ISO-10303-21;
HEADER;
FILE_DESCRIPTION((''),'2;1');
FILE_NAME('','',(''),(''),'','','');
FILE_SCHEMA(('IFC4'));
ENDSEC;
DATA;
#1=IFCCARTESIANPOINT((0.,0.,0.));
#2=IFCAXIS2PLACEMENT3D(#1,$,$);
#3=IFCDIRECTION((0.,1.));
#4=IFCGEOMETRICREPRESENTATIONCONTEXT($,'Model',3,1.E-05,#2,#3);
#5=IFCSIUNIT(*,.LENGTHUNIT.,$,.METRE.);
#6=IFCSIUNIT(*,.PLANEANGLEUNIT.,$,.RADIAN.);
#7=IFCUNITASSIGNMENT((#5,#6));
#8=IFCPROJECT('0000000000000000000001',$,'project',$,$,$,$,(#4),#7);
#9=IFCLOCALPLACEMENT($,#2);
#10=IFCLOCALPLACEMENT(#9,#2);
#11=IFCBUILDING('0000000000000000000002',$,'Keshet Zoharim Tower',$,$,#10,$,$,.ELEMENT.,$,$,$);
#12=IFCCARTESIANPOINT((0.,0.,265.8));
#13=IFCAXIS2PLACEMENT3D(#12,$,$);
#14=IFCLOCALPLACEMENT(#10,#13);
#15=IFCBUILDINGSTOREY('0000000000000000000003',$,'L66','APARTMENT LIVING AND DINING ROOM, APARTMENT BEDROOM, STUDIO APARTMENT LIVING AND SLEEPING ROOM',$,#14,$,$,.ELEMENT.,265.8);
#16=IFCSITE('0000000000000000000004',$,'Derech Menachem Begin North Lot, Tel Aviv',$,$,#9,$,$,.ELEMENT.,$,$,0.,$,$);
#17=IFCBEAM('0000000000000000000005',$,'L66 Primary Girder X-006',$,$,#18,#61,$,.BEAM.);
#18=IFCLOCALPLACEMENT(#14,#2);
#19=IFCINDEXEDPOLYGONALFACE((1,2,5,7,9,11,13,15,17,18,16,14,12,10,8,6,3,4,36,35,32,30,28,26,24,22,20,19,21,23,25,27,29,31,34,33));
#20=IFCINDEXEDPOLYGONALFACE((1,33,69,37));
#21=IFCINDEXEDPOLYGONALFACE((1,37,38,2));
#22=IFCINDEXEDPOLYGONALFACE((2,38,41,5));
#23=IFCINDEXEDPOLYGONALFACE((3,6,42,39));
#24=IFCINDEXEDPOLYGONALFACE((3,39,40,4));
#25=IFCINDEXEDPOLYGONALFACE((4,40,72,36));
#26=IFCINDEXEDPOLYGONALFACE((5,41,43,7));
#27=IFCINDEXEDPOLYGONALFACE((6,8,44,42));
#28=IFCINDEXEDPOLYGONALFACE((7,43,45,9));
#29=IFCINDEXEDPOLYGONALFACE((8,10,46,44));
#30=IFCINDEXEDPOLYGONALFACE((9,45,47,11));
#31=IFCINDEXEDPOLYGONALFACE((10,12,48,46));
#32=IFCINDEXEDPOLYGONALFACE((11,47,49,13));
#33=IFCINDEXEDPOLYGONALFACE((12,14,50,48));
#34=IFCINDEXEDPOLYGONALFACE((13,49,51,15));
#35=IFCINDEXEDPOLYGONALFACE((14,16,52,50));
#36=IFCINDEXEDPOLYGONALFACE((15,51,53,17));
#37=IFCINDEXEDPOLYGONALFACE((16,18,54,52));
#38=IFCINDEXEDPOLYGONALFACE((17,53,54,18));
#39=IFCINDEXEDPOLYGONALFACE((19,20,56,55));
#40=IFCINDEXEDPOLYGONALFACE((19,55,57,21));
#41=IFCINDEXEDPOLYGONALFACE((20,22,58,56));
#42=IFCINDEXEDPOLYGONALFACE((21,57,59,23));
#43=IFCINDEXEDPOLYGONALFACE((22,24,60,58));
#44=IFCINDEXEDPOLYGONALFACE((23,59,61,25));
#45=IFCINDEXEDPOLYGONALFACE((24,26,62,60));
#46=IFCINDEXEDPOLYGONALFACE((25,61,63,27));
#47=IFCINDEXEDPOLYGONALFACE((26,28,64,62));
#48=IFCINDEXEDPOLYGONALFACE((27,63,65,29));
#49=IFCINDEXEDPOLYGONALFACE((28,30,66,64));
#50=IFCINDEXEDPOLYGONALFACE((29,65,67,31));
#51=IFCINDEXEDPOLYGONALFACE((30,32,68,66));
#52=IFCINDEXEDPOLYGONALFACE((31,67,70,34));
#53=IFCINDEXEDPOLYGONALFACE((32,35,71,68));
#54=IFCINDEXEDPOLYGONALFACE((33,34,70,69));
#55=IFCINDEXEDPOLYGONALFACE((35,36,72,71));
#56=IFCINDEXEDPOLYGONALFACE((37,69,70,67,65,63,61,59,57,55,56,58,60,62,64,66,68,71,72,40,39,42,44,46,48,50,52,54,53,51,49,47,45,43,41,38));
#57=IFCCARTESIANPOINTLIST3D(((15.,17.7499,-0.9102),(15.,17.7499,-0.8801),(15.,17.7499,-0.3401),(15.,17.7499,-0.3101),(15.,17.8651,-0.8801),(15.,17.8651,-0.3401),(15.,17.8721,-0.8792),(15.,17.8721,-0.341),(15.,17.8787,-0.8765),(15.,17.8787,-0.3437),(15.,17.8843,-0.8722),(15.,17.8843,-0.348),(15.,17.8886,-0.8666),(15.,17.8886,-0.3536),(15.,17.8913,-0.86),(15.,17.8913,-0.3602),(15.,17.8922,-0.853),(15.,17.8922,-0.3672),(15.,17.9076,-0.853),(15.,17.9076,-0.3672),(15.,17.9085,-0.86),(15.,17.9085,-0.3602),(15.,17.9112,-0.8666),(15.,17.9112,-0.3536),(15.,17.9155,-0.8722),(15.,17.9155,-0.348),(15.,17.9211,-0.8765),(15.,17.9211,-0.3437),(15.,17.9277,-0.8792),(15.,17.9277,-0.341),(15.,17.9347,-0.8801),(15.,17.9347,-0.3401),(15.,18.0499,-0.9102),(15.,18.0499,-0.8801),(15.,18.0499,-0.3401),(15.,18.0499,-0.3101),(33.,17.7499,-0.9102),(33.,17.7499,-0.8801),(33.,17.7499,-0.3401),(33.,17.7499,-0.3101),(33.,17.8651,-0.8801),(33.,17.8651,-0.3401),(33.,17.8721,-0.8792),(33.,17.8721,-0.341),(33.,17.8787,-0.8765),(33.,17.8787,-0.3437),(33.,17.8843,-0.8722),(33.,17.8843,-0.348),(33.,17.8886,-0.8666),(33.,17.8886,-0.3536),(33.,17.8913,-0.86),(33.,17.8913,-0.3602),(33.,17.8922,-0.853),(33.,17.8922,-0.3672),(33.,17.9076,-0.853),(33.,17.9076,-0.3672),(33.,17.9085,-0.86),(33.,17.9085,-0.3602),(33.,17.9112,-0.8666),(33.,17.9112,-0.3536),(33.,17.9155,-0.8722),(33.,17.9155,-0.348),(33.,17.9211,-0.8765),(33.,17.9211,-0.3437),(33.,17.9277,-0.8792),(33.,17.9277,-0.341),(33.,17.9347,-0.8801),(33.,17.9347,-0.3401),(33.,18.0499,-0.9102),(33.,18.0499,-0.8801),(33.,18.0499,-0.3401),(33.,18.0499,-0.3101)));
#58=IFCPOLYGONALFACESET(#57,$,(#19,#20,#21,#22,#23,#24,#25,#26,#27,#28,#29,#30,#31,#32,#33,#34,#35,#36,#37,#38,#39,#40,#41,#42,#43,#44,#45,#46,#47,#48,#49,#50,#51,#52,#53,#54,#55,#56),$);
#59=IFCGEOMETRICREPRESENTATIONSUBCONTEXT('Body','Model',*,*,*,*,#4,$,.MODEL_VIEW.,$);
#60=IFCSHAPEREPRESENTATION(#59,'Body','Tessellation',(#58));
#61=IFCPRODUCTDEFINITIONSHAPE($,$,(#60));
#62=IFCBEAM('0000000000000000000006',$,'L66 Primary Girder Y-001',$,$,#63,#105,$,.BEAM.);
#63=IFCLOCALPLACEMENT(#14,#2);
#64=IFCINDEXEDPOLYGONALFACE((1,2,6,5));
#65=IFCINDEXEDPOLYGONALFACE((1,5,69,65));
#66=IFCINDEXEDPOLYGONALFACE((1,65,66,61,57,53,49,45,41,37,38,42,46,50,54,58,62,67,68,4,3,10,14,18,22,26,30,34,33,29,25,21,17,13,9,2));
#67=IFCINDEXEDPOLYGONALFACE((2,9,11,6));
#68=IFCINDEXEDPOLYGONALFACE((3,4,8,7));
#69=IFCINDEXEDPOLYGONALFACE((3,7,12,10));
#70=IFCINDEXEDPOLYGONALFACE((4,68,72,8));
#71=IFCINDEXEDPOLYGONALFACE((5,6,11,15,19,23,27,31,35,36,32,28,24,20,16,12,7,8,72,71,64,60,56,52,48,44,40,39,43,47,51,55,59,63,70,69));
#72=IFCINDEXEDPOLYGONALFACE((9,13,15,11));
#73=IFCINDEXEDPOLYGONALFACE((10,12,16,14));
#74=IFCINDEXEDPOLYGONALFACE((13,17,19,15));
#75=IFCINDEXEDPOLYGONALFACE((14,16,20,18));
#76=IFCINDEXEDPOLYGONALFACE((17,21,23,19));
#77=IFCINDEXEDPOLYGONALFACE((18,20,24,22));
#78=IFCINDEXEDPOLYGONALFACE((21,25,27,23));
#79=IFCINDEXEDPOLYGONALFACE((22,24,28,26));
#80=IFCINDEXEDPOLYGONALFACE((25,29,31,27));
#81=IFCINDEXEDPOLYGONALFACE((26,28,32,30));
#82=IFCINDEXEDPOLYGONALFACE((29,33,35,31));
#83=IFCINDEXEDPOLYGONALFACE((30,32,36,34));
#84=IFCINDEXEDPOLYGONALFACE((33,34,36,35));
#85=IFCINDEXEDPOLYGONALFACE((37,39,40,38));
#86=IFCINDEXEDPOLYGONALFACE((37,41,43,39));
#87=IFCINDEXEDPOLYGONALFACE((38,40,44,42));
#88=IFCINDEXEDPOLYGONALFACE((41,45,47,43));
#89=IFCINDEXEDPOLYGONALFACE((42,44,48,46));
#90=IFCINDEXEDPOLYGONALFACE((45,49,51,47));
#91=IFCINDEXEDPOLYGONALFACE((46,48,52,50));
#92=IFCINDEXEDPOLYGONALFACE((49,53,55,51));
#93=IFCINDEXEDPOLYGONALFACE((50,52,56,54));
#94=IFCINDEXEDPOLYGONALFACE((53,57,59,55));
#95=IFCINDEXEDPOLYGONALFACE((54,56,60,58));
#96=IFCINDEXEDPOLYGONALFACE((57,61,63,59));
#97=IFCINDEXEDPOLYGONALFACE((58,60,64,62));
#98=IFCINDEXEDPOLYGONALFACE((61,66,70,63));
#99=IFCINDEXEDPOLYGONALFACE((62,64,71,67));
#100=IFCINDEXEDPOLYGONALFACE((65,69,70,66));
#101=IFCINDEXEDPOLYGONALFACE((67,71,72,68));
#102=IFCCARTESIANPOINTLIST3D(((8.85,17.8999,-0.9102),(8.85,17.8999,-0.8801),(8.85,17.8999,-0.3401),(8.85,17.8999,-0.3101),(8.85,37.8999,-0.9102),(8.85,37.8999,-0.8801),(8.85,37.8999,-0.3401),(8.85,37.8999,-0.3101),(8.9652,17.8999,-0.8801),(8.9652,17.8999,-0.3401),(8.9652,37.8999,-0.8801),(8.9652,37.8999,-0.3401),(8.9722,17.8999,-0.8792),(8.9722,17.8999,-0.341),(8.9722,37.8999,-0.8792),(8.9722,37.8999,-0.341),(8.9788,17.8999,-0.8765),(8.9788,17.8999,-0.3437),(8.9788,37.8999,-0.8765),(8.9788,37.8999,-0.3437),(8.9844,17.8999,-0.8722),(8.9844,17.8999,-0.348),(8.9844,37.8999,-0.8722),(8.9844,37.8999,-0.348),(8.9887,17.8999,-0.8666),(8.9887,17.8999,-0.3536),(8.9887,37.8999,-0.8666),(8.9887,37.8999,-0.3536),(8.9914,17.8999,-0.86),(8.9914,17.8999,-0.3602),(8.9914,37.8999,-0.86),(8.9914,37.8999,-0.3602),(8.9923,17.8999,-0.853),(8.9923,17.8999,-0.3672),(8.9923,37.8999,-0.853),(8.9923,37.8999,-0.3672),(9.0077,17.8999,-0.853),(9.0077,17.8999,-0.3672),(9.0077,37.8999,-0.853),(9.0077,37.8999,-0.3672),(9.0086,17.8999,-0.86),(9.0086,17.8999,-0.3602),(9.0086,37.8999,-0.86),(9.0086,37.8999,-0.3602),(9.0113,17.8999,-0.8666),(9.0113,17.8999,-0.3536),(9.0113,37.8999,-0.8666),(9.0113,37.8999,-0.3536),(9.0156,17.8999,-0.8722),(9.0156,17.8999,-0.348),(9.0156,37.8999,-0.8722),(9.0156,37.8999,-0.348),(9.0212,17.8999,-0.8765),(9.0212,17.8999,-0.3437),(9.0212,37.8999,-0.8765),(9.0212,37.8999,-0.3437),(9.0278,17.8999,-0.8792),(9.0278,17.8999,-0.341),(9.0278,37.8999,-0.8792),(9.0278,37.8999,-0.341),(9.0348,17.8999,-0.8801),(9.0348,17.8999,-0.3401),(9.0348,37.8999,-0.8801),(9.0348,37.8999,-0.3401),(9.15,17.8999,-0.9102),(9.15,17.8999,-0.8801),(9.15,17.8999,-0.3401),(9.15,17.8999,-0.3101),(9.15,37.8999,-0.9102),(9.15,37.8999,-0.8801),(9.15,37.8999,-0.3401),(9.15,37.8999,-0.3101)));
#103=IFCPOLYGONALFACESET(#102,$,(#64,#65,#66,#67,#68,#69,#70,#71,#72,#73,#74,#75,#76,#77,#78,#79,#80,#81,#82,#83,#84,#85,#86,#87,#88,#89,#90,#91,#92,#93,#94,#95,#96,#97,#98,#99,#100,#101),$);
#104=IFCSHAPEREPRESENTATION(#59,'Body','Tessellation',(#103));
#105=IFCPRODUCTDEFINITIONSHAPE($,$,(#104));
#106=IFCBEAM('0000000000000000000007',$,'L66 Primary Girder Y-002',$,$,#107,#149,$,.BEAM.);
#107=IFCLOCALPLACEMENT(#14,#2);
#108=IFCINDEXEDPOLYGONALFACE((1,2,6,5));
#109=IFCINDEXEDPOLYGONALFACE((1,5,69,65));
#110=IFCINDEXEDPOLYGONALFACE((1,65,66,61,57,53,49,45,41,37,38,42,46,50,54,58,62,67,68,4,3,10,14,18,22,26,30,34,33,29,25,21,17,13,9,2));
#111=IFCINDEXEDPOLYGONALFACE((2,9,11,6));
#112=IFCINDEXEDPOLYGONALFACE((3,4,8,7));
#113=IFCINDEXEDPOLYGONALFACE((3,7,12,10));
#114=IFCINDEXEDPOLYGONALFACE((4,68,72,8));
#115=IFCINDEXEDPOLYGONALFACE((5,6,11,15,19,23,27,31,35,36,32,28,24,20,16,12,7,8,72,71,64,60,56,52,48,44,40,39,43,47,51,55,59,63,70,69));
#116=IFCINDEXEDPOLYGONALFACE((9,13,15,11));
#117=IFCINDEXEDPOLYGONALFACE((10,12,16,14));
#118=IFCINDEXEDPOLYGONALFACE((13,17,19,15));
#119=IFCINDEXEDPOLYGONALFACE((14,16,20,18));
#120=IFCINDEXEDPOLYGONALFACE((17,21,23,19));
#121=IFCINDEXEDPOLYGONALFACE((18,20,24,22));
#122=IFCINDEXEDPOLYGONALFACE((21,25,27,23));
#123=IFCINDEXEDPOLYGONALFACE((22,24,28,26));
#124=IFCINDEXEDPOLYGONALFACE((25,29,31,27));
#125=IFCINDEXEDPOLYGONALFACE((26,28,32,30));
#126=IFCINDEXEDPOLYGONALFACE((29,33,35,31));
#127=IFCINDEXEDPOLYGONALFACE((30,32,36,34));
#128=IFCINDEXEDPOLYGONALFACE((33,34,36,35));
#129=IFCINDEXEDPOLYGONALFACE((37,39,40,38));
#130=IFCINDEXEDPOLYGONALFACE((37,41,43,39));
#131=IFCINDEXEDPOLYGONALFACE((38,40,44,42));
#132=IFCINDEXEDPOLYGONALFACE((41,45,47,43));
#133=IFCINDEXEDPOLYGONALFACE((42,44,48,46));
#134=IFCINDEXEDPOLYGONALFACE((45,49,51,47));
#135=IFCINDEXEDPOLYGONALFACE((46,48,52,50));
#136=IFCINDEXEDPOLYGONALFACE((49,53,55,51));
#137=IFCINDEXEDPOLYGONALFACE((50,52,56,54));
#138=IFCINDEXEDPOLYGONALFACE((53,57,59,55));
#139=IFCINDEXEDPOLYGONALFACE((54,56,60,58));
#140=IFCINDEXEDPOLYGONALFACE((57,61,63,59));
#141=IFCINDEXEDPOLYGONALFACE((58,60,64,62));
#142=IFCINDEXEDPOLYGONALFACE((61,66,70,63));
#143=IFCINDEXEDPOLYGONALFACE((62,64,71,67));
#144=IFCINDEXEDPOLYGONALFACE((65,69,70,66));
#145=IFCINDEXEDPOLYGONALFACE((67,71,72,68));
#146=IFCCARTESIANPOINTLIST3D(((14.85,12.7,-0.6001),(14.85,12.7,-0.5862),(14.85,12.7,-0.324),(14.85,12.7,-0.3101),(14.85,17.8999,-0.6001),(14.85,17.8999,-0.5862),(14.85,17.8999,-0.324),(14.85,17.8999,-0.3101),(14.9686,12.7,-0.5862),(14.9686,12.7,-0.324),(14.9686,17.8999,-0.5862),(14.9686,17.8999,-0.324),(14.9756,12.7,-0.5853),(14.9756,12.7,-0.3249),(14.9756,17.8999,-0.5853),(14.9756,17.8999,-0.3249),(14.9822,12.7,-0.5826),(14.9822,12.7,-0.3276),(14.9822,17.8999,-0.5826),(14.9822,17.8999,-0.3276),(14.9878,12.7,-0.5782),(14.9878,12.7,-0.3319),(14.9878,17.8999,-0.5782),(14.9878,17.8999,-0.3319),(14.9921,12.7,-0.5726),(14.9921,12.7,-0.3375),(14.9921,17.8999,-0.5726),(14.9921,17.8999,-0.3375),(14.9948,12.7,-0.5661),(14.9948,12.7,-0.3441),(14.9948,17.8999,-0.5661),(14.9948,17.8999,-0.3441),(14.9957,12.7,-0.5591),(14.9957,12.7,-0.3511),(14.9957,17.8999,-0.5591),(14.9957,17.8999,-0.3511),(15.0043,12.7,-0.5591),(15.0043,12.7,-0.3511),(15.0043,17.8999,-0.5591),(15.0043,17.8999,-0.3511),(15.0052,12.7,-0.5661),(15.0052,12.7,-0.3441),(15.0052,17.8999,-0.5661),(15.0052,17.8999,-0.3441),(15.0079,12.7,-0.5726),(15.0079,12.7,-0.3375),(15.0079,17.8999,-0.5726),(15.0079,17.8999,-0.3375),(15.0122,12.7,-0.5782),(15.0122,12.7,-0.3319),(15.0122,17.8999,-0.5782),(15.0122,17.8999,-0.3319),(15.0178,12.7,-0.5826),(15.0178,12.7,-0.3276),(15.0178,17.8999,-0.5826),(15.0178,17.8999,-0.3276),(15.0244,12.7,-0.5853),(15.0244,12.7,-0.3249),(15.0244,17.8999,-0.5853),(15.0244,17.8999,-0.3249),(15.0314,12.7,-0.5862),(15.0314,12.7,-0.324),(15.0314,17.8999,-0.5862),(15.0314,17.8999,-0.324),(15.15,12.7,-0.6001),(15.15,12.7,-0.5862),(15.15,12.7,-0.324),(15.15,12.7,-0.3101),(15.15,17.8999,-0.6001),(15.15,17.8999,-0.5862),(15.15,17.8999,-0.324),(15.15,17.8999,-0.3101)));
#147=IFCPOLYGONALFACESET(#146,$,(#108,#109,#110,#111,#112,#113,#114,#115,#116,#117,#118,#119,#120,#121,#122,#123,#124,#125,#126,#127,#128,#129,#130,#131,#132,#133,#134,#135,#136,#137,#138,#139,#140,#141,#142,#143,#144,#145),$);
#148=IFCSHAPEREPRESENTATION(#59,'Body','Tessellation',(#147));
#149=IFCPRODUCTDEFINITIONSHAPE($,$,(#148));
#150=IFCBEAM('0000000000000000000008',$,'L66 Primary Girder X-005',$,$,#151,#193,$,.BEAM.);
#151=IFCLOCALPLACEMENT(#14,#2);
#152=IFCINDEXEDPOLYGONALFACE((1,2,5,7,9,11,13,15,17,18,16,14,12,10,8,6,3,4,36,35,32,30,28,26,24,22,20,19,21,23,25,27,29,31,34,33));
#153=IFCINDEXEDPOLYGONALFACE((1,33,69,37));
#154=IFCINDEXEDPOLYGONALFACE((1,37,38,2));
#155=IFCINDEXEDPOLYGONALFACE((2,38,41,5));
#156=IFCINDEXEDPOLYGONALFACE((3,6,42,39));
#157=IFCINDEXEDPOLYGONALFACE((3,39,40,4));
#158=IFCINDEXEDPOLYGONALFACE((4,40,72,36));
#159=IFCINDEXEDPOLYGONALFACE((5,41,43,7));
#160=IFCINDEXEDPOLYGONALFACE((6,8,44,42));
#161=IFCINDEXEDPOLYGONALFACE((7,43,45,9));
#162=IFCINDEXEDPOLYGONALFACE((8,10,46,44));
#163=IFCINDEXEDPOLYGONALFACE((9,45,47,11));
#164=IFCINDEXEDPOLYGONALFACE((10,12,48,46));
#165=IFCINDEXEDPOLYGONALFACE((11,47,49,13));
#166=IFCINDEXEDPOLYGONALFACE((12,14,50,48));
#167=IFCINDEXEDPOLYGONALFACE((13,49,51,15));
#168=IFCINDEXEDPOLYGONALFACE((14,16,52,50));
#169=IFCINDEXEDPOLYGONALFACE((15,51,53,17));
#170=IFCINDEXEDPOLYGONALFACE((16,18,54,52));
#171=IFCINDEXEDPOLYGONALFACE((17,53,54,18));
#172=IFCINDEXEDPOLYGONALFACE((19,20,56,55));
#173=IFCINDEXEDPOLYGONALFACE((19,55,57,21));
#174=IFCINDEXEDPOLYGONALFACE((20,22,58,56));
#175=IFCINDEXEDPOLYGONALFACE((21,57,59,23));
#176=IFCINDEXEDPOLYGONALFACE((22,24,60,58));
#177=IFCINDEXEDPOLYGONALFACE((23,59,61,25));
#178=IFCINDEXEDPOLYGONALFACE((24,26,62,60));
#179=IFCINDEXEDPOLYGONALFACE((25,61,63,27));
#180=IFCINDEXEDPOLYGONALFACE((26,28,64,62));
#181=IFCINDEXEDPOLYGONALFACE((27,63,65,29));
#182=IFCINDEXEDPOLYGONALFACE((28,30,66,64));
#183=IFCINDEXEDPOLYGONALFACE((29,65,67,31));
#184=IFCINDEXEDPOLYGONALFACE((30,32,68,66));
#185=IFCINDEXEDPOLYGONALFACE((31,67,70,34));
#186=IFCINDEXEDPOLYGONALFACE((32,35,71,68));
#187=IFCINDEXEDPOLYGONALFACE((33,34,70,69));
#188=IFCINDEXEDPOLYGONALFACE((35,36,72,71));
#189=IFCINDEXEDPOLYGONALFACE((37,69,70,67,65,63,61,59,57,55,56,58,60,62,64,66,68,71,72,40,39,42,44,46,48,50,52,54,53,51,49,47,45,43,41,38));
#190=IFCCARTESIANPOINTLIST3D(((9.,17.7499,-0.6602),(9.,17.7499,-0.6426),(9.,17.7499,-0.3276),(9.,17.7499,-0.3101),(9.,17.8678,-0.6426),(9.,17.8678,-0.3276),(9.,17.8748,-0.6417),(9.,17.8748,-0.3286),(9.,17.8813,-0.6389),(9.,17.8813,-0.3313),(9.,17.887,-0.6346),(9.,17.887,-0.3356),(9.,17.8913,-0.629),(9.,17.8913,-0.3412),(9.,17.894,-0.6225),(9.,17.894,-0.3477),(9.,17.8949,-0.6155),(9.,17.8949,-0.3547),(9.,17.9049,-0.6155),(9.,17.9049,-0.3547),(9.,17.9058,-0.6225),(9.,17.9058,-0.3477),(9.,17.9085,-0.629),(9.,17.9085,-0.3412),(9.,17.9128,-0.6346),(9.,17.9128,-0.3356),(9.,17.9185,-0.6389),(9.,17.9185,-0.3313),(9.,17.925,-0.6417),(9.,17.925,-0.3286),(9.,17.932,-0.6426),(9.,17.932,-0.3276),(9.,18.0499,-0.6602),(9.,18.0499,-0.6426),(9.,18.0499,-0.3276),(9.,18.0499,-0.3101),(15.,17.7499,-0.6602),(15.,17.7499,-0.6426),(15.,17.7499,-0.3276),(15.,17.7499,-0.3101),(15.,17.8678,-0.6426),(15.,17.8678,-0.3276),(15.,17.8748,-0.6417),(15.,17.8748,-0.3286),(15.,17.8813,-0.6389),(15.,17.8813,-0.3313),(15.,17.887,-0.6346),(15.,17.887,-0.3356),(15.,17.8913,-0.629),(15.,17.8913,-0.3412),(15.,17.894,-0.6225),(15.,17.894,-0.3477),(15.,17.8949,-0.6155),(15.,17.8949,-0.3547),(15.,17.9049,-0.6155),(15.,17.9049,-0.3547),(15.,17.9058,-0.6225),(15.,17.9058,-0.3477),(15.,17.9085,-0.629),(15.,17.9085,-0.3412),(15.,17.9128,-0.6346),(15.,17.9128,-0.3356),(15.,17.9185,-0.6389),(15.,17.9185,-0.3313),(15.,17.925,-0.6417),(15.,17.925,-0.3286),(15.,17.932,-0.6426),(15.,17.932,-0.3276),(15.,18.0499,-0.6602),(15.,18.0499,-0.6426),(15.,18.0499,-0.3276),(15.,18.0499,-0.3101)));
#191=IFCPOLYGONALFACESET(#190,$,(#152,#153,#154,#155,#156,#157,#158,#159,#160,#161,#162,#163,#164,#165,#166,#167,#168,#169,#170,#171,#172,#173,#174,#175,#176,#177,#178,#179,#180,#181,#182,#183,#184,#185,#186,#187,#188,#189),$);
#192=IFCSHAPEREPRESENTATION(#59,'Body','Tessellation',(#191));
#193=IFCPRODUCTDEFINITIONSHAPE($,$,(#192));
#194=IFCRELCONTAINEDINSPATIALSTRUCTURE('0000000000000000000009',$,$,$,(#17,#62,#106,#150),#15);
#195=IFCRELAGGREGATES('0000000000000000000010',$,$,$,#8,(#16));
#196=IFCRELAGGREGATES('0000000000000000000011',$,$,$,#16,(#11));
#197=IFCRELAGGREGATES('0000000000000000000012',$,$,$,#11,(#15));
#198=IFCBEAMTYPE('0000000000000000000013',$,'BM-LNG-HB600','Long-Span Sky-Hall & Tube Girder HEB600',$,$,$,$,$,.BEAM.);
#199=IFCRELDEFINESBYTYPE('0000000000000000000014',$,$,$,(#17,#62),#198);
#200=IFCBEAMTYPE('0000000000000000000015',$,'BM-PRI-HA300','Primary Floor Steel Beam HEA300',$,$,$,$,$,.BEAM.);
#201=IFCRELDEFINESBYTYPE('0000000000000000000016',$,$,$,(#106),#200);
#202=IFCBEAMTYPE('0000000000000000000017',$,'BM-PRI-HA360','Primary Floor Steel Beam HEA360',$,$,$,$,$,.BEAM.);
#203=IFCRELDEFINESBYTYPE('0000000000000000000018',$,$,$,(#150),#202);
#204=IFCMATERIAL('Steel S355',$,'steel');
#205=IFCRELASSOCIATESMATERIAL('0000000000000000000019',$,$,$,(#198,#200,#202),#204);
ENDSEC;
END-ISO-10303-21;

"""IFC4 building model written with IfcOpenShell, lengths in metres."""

from ifc_helpers import new_model, si_unit, direction, frame, origin, origin_2d, place, context, subcontext, project, spatial, i_section, extrude, material, material_profile, profile_set, type_object, element, save


model = new_model("IFC4")

# Units and contexts
model_context = context("Model", 3, precision=1e-05, world=origin(), true_north=direction((0.0, 1.0)))
body_context = subcontext(model_context, "Body", "Model", "MODEL_VIEW")
ifc_project = project(units=[si_unit("LENGTHUNIT", "METRE"), si_unit("PLANEANGLEUNIT", "RADIAN")], contexts=[model_context])

# Site, building, storey
site_placement = place(None, origin())
site = spatial("IfcSite", under=ifc_project, at=site_placement, Name="Derech Menachem Begin North Lot, Tel Aviv", CompositionType="ELEMENT", RefElevation=0.0)
building_placement = place(site_placement, origin())
building = spatial("IfcBuilding", under=site, at=building_placement, Name="Keshet Zoharim Tower", CompositionType="ELEMENT")
storey_placement = place(building_placement, frame((0.0, 0.0, 265.8)))
storey = spatial("IfcBuildingStorey", under=building, at=storey_placement, Name="L66", Description="APARTMENT LIVING AND DINING ROOM, APARTMENT BEDROOM, STUDIO APARTMENT LIVING AND SLEEPING ROOM", CompositionType="ELEMENT", Elevation=265.8)

# Shared definitions
ifc_material_1 = material(Name="Steel S355", Category="steel")

# Beams
ifc_material_profile_1 = material_profile(ifc_material_1, i_section(OverallWidth=0.3, OverallDepth=0.6001, WebThickness=0.0154, FlangeThickness=0.03, FilletRadius=0.0271, at=origin_2d()), Name="HEB600")
ifc_profile_set_1 = profile_set([ifc_material_profile_1], Name="Steel S355")
beam_type_1 = type_object("IfcBeamType", Name="BM-LNG-HB600", Description="Long-Span Sky-Hall & Tube Girder HEB600", PredefinedType="BEAM", material=ifc_profile_set_1)
for number, where, z_axis, x_axis, name in (
    (1, (15.0, 17.8999, -0.6101), (1.0, 0.0, 0.0), (0.0, 1.0, 0.0), "L66 Primary Girder X-006"),
):
    element("IfcBeam", number, at=place(storey_placement, frame(where, z_axis=z_axis, x_axis=x_axis)), inside=storey, type_object=beam_type_1, Name=name, PredefinedType="BEAM", context=body_context, shape_type="SweptSolid", body=[
        extrude(i_section(OverallWidth=0.3, OverallDepth=0.6001, WebThickness=0.0154, FlangeThickness=0.03, FilletRadius=0.0271, at=origin_2d()), origin(), (0.0, 0.0, 1.0), 18.0),
    ])
beam_1_placement = place(storey_placement, frame((9.0, 17.8999, -0.6101), z_axis=(0.0, 1.0, 0.0), x_axis=(-1.0, 0.0, 0.0)))
element("IfcBeam", 2, at=beam_1_placement, inside=storey, type_object=beam_type_1, Name="L66 Primary Girder Y-001", PredefinedType="BEAM", context=body_context, shape_type="SweptSolid", body=[
    extrude(i_section(OverallWidth=0.3, OverallDepth=0.6001, WebThickness=0.0154, FlangeThickness=0.03, FilletRadius=0.0271, at=origin_2d()), origin(), (0.0, 0.0, 1.0), 20.0),
])
ifc_material_profile_2 = material_profile(ifc_material_1, i_section(OverallWidth=0.3, OverallDepth=0.29, WebThickness=0.0085, FlangeThickness=0.0139, FilletRadius=0.0271, at=origin_2d()), Name="HEA300")
ifc_profile_set_2 = profile_set([ifc_material_profile_2], Name="Steel S355")
beam_type_2 = type_object("IfcBeamType", Name="BM-PRI-HA300", Description="Primary Floor Steel Beam HEA300", PredefinedType="BEAM", material=ifc_profile_set_2)
beam_2_placement = place(storey_placement, frame((15.0, 12.7, -0.4551), z_axis=(0.0, 1.0, 0.0), x_axis=(-1.0, 0.0, 0.0)))
element("IfcBeam", 3, at=beam_2_placement, inside=storey, type_object=beam_type_2, Name="L66 Primary Girder Y-002", PredefinedType="BEAM", context=body_context, shape_type="SweptSolid", body=[
    extrude(i_section(OverallWidth=0.3, OverallDepth=0.29, WebThickness=0.0085, FlangeThickness=0.0139, FilletRadius=0.0271, at=origin_2d()), origin(), (0.0, 0.0, 1.0), 5.2),
])
ifc_material_profile_3 = material_profile(ifc_material_1, i_section(OverallWidth=0.3, OverallDepth=0.3501, WebThickness=0.01, FlangeThickness=0.0176, FilletRadius=0.0271, at=origin_2d()), Name="HEA360")
ifc_profile_set_3 = profile_set([ifc_material_profile_3], Name="Steel S355")
beam_type_3 = type_object("IfcBeamType", Name="BM-PRI-HA360", Description="Primary Floor Steel Beam HEA360", PredefinedType="BEAM", material=ifc_profile_set_3)
beam_3_placement = place(storey_placement, frame((9.0, 17.8999, -0.4851), z_axis=(1.0, 0.0, 0.0), x_axis=(0.0, 1.0, 0.0)))
element("IfcBeam", 4, at=beam_3_placement, inside=storey, type_object=beam_type_3, Name="L66 Primary Girder X-005", PredefinedType="BEAM", context=body_context, shape_type="SweptSolid", body=[
    extrude(i_section(OverallWidth=0.3, OverallDepth=0.3501, WebThickness=0.01, FlangeThickness=0.0176, FilletRadius=0.0271, at=origin_2d()), origin(), (0.0, 0.0, 1.0), 6.0),
])

save(model, "model.ifc")
